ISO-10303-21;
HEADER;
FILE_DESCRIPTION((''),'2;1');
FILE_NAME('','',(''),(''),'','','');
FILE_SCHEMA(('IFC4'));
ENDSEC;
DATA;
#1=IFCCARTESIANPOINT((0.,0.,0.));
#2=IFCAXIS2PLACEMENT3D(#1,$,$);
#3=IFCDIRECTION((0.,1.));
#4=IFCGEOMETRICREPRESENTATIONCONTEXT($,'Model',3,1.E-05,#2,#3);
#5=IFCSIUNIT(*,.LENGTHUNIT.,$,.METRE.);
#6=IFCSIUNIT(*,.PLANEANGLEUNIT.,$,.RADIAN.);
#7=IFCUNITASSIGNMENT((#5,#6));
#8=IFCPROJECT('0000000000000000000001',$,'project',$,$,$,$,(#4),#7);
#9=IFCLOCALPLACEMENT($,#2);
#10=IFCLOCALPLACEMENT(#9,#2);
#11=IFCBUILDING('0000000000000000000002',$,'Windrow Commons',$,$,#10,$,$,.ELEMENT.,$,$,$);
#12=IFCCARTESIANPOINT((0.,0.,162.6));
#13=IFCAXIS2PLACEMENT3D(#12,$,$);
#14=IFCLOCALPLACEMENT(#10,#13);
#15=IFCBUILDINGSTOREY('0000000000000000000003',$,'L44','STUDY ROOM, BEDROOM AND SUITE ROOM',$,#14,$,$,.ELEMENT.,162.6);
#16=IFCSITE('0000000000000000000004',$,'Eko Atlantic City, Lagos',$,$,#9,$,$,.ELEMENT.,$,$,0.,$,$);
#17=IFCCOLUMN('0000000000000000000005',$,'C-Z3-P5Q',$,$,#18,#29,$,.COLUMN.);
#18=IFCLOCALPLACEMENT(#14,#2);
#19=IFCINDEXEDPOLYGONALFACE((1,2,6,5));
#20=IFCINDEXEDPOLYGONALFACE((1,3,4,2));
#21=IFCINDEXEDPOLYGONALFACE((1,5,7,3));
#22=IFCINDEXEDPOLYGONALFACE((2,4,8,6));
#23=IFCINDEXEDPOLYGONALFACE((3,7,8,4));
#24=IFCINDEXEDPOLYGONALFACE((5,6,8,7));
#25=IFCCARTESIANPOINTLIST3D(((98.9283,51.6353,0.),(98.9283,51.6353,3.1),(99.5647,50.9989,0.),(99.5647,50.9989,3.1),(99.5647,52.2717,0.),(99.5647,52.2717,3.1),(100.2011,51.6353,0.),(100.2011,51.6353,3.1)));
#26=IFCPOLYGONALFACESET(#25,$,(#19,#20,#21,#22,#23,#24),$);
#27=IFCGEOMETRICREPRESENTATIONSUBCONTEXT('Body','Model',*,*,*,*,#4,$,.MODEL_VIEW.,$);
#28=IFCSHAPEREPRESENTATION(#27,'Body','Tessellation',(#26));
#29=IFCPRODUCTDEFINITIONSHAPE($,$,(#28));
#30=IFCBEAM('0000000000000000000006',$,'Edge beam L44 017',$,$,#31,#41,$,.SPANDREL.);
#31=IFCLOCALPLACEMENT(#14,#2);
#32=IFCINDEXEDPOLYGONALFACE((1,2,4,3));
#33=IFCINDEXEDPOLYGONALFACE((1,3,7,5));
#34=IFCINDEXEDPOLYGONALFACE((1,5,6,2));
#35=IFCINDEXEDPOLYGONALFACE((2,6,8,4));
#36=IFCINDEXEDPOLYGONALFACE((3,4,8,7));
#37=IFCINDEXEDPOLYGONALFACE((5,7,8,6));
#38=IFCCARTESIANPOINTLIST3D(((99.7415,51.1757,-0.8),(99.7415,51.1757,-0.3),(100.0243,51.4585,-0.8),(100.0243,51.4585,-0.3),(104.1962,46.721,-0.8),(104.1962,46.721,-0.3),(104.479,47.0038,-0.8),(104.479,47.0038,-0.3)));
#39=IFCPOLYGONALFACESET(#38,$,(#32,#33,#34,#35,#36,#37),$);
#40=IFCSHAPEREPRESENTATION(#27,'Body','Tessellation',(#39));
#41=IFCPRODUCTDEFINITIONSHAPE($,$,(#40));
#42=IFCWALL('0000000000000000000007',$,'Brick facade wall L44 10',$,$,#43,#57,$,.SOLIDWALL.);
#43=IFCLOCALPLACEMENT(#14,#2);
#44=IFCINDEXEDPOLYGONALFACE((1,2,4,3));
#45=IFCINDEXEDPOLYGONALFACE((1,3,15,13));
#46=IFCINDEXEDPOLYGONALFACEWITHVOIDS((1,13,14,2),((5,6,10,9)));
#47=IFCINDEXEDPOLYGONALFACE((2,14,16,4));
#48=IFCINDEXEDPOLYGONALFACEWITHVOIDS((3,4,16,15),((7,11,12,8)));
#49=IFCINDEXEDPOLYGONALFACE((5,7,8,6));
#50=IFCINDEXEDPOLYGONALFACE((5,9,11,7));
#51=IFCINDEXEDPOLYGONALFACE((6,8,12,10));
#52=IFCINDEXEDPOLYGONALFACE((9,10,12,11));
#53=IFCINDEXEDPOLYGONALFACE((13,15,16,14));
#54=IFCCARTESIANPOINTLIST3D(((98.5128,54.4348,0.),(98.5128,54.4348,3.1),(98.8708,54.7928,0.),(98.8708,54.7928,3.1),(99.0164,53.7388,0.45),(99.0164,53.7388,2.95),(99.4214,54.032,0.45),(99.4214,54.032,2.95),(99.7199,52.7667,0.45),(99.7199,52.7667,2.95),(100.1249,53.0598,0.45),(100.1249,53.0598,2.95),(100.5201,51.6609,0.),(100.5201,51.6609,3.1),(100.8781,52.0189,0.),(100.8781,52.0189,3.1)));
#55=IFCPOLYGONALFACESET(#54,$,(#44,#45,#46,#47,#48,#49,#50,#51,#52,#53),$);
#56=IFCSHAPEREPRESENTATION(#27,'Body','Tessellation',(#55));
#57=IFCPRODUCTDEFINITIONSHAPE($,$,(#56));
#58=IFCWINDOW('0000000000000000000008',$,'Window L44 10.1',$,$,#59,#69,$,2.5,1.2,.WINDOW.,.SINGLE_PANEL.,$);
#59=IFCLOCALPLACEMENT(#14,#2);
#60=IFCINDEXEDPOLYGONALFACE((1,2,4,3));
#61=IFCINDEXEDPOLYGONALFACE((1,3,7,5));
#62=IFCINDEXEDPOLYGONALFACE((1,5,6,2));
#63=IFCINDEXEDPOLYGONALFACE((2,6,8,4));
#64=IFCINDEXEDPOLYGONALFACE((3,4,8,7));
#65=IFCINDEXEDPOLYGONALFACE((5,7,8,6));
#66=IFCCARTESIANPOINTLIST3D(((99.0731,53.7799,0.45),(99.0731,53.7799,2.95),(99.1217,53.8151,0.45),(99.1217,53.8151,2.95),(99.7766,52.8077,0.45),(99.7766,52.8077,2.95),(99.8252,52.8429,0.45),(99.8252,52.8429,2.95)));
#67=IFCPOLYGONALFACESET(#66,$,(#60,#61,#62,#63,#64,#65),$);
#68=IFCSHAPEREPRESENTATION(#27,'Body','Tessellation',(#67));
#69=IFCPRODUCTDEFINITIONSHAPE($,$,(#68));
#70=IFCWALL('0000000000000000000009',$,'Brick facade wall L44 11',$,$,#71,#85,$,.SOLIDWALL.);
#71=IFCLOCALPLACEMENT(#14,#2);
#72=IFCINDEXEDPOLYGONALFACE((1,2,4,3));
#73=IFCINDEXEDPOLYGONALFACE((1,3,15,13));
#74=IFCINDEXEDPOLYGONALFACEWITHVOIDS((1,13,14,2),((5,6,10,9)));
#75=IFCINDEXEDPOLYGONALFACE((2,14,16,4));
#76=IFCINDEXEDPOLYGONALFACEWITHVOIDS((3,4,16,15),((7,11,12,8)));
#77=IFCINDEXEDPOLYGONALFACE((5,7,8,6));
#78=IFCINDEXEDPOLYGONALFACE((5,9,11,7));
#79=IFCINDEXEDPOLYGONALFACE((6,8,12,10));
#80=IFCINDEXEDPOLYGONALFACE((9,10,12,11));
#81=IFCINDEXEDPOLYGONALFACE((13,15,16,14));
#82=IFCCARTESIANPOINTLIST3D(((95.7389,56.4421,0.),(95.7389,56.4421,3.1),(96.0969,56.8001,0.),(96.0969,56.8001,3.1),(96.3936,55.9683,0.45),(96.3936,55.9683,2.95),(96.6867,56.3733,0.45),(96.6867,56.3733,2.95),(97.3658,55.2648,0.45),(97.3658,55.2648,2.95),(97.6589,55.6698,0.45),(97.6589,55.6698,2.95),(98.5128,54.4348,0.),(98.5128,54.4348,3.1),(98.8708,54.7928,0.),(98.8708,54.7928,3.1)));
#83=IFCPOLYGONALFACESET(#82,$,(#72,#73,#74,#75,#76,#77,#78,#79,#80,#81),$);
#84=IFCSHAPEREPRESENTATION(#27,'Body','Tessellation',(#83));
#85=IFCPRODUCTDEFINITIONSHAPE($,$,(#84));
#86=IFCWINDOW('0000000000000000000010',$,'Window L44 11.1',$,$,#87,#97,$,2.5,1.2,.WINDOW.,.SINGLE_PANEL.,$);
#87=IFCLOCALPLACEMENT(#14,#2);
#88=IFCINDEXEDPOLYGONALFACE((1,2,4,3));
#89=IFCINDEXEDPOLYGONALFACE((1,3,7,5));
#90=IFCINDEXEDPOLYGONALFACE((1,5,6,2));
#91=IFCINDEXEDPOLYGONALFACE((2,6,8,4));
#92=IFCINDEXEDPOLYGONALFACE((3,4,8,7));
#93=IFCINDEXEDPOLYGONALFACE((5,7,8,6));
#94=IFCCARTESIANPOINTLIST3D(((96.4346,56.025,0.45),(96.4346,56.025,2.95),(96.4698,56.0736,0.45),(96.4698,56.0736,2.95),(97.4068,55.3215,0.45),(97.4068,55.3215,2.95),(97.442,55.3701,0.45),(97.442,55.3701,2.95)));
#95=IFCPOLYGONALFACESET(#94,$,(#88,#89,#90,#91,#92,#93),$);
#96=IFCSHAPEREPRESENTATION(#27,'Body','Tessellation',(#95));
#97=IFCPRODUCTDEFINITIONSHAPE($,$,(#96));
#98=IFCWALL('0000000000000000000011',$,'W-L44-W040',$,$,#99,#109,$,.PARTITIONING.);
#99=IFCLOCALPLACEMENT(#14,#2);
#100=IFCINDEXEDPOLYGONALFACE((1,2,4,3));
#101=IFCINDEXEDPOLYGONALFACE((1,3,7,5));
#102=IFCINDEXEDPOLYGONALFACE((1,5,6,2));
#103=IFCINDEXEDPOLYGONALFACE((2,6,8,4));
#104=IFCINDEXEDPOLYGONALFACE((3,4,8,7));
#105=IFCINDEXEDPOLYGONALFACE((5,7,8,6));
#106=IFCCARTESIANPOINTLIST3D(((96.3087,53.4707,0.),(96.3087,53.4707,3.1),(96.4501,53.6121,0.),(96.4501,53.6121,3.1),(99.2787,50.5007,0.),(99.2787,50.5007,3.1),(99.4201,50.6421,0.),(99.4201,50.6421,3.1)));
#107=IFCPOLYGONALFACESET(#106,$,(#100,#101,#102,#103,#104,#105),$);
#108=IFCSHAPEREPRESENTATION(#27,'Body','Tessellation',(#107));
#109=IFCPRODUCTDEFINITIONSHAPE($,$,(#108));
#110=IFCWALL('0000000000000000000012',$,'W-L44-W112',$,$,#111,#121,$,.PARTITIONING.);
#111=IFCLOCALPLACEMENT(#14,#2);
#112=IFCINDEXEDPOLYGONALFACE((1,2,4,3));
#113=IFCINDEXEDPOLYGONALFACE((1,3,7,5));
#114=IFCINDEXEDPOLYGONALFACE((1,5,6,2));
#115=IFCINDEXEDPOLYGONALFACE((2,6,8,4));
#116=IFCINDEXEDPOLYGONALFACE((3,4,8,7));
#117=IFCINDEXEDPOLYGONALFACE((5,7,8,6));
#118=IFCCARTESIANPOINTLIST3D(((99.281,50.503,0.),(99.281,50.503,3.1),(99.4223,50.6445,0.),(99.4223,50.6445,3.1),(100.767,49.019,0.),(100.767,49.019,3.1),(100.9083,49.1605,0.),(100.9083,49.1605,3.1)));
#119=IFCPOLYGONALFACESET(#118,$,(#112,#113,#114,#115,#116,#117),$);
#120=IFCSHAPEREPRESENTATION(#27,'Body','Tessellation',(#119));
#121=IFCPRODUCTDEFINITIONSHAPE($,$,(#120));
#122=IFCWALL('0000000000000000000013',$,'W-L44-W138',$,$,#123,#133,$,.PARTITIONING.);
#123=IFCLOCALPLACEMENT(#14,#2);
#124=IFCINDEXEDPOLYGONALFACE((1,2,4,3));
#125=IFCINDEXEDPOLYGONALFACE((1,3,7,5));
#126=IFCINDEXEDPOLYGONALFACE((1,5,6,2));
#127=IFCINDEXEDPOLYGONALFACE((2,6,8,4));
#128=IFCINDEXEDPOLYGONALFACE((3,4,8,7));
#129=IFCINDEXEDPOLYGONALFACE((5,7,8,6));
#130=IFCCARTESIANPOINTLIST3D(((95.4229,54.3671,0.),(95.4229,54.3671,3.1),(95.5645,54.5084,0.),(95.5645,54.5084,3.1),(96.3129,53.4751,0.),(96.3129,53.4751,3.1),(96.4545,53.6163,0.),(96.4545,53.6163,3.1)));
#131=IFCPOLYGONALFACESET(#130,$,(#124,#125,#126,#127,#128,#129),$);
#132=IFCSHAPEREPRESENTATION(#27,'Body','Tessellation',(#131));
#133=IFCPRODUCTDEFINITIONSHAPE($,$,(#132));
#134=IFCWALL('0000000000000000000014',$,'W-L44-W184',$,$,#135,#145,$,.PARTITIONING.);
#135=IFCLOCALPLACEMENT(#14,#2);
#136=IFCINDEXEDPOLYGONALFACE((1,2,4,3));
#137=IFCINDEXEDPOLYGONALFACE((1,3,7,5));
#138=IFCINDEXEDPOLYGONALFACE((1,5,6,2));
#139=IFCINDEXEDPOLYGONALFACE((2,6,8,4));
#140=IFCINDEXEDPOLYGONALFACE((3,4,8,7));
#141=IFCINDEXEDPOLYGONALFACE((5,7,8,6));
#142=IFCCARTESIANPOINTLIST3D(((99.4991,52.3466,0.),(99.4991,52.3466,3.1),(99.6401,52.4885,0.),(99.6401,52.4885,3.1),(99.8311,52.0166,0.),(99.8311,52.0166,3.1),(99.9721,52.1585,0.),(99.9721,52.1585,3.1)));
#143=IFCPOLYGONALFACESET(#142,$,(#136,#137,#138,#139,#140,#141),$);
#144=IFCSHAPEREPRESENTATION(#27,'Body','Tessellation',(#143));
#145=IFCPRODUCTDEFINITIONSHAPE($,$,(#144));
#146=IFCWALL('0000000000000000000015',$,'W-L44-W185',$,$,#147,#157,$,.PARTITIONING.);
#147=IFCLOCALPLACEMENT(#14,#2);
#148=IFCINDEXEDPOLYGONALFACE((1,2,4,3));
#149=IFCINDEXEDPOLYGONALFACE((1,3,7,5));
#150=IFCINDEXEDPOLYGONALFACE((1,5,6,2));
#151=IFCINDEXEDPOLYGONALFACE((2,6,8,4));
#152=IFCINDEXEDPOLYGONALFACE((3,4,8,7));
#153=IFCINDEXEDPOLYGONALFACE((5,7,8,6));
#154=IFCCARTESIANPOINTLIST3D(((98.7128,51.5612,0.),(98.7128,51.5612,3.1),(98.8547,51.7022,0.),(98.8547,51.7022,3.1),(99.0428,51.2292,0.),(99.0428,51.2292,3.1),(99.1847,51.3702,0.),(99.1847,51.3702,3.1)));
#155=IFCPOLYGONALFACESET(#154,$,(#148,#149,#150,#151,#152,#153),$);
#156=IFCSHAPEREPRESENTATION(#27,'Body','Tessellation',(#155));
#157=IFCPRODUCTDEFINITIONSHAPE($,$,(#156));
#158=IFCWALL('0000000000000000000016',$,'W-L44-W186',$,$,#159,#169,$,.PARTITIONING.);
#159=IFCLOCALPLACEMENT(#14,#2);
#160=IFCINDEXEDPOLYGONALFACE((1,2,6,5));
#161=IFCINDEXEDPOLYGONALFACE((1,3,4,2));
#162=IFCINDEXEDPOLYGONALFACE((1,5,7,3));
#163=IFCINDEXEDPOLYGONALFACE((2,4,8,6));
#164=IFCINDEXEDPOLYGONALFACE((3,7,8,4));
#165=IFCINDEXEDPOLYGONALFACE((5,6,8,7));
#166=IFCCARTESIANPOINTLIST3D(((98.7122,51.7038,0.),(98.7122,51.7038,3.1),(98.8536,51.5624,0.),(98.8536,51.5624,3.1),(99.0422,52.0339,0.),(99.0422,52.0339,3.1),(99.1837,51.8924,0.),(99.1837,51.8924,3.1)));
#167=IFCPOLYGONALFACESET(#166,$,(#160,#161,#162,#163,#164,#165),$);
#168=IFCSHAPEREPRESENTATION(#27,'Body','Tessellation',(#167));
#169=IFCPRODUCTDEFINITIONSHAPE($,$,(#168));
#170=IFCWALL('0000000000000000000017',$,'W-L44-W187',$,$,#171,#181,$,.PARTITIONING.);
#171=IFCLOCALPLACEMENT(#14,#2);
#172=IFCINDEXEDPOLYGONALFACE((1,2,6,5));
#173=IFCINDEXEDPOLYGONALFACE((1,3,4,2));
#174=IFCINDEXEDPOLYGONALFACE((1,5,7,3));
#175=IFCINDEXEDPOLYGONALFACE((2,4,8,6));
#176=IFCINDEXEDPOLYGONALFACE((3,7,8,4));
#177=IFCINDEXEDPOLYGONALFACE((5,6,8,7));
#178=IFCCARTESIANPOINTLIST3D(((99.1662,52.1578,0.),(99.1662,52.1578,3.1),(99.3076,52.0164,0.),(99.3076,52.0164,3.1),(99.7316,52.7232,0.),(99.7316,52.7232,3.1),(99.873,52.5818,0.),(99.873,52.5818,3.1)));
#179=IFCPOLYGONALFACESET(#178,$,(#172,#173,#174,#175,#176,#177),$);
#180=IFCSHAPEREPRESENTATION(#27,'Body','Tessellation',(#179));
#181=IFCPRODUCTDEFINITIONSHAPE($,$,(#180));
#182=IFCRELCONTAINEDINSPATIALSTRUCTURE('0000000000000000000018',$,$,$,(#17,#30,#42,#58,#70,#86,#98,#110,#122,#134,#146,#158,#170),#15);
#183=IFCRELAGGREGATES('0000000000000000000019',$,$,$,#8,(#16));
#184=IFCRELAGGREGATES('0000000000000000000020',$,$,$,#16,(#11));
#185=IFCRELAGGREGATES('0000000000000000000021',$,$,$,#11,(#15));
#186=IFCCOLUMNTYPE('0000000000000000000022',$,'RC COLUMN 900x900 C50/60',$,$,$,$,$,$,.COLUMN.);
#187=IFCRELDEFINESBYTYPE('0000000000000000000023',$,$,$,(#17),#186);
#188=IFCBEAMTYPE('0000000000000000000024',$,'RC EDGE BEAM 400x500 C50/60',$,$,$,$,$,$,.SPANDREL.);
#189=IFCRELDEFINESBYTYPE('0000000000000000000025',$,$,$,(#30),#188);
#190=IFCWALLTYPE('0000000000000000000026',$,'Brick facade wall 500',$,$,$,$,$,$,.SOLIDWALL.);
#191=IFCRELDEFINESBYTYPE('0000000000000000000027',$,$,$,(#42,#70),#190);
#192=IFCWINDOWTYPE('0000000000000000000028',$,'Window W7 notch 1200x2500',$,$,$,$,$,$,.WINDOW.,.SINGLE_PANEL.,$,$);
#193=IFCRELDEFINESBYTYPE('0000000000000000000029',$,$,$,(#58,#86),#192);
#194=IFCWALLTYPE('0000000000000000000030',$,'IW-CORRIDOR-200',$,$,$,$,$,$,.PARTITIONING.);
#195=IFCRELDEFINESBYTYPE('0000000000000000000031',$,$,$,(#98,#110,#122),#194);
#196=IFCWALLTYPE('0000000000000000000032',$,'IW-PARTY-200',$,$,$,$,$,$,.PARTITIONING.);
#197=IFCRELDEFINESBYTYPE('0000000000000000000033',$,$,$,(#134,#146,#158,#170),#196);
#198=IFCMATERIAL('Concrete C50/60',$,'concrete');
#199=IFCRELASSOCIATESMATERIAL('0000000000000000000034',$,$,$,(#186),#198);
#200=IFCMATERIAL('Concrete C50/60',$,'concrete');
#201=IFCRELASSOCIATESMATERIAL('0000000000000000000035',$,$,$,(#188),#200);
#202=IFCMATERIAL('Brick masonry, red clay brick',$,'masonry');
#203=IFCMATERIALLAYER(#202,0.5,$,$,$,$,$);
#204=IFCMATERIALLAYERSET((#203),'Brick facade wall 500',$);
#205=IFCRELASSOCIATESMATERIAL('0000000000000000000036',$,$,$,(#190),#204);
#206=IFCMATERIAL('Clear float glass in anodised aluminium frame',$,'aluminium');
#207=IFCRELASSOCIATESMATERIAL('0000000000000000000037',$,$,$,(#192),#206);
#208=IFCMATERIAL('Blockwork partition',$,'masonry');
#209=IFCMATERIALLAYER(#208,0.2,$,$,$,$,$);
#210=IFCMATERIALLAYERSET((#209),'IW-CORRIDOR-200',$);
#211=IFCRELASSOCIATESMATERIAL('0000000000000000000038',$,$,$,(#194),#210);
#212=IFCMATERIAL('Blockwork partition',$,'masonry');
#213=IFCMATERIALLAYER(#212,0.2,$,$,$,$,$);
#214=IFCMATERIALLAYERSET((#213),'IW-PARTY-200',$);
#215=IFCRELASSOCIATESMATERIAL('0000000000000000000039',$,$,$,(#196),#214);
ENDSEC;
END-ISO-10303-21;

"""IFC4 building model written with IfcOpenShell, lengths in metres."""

from ifc_helpers import new_model, si_unit, direction, frame, frame_2d, origin, origin_2d, place, context, subcontext, project, spatial, polyline, rectangle, outline, extrude, material, layer, layer_set, material_profile, profile_set, type_object, element, fill, save


model = new_model("IFC4")

# Units and contexts
model_context = context("Model", 3, precision=1e-05, world=origin(), true_north=direction((0.0, 1.0)))
body_context = subcontext(model_context, "Body", "Model", "MODEL_VIEW")
ifc_project = project(units=[si_unit("LENGTHUNIT", "METRE"), si_unit("PLANEANGLEUNIT", "RADIAN")], contexts=[model_context])

# Site, building, storey
site_placement = place(None, origin())
site = spatial("IfcSite", under=ifc_project, at=site_placement, Name="Eko Atlantic City, Lagos", CompositionType="ELEMENT", RefElevation=0.0)
building_placement = place(site_placement, origin())
building = spatial("IfcBuilding", under=site, at=building_placement, Name="Windrow Commons", CompositionType="ELEMENT")
storey_placement = place(building_placement, frame((0.0, 0.0, 162.6)))
storey = spatial("IfcBuildingStorey", under=building, at=storey_placement, Name="L44", Description="STUDY ROOM, BEDROOM AND SUITE ROOM", CompositionType="ELEMENT", Elevation=162.6)

# Column
ifc_material_1 = material(Name="Concrete C50/60", Category="concrete")
ifc_material_profile_1 = material_profile(ifc_material_1, rectangle(XDim=0.9, YDim=0.9, at=origin_2d()))
ifc_profile_set_1 = profile_set([ifc_material_profile_1], Name="Concrete C50/60")
column_type = type_object("IfcColumnType", Name="RC COLUMN 900x900 C50/60", PredefinedType="COLUMN", material=ifc_profile_set_1)
column_placement = place(storey_placement, frame((99.5647, 51.6353, 0.0), z_axis=(0.0, 0.0, 1.0), x_axis=(0.707107, -0.707107, 0.0)))
element("IfcColumn", 1, at=column_placement, inside=storey, type_object=column_type, Name="C-Z3-P5Q", PredefinedType="COLUMN", context=body_context, shape_type="SweptSolid", body=[
    extrude(rectangle(XDim=0.9, YDim=0.9, at=origin_2d()), origin(), (0.0, 0.0, 1.0), 3.1),
])

# Beam
ifc_material_2 = material(Name="Concrete C50/60", Category="concrete")
ifc_material_profile_2 = material_profile(ifc_material_2, rectangle(XDim=0.4, YDim=0.5, at=origin_2d()))
ifc_profile_set_2 = profile_set([ifc_material_profile_2], Name="Concrete C50/60")
beam_type = type_object("IfcBeamType", Name="RC EDGE BEAM 400x500 C50/60", PredefinedType="SPANDREL", material=ifc_profile_set_2)
beam_placement = place(storey_placement, frame((99.8829, 51.3171, -0.55), z_axis=(0.707107, -0.707107, 0.0), x_axis=(0.707107, 0.707107, 0.0)))
element("IfcBeam", 2, at=beam_placement, inside=storey, type_object=beam_type, Name="Edge beam L44 017", PredefinedType="SPANDREL", context=body_context, shape_type="SweptSolid", body=[
    extrude(rectangle(XDim=0.4, YDim=0.5, at=origin_2d()), origin(), (0.0, 0.0, 1.0), 6.2999),
])

# Walls, openings, windows
ifc_material_3 = material(Name="Brick masonry, red clay brick", Category="masonry")
ifc_layer_1 = layer(ifc_material_3, 0.5)
ifc_layer_set_1 = layer_set([ifc_layer_1], Name="Brick facade wall 500")
wall_type_1 = type_object("IfcWallType", Name="Brick facade wall 500", PredefinedType="SOLIDWALL", material=ifc_layer_set_1)
wall_1_placement = place(storey_placement, frame((100.6991, 51.8399, 0.0), z_axis=(0.0, 0.0, 1.0), x_axis=(-0.586244, 0.810134, 0.0)))
wall_1 = element("IfcWall", 3, at=wall_1_placement, inside=storey, type_object=wall_type_1, Name="Brick facade wall L44 10", PredefinedType="SOLIDWALL", context=body_context, shape_type="SweptSolid", body=[
    extrude(outline(polyline([(0.0401, -0.25), (3.4641, -0.25), (3.3839, 0.25), (-0.0401, 0.25), (0.0401, -0.25)])), origin(), (0.0, 0.0, 1.0), 3.1),
])
opening_1_placement = place(wall_1_placement, frame((1.3249, 0.0, 0.45)))
opening_1 = element("IfcOpeningElement", 4, at=opening_1_placement, cuts=wall_1, PredefinedType="OPENING", context=body_context, shape_type="SweptSolid", body=[
    extrude(rectangle(XDim=1.2, YDim=2.5, at=frame_2d((0.6, 1.25))), frame((0.0, 0.26, 0.0), z_axis=(0.0, -1.0, 0.0), x_axis=(1.0, 0.0, 0.0)), (0.0, 0.0, 1.0), 0.52),
])
ifc_material_4 = material(Name="Clear float glass in anodised aluminium frame", Category="aluminium")
window_type = type_object("IfcWindowType", Name="Window W7 notch 1200x2500", PartitioningType="SINGLE_PANEL", PredefinedType="WINDOW", material=ifc_material_4)
window_1_placement = place(opening_1_placement, origin())
window_1 = element("IfcWindow", 5, at=window_1_placement, inside=storey, type_object=window_type, Name="Window L44 10.1", OverallHeight=2.5, OverallWidth=1.2, PartitioningType="SINGLE_PANEL", PredefinedType="WINDOW", context=body_context, shape_type="SweptSolid", body=[
    extrude(rectangle(XDim=1.2, YDim=2.5, at=frame_2d((0.6, 1.25))), frame((0.0, 0.18, 0.0), z_axis=(0.0, -1.0, 0.0), x_axis=(1.0, 0.0, 0.0)), (0.0, 0.0, 1.0), 0.06),
])
fill(opening_1, window_1)
wall_2_placement = place(storey_placement, frame((98.6918, 54.6138, 0.0), z_axis=(0.0, 0.0, 1.0), x_axis=(-0.810134, 0.586244, 0.0)))
wall_2 = element("IfcWall", 6, at=wall_2_placement, inside=storey, type_object=wall_type_1, Name="Brick facade wall L44 11", PredefinedType="SOLIDWALL", context=body_context, shape_type="SweptSolid", body=[
    extrude(outline(polyline([(-0.0401, -0.25), (3.3839, -0.25), (3.4641, 0.25), (0.0401, 0.25), (-0.0401, -0.25)])), origin(), (0.0, 0.0, 1.0), 3.1),
])
opening_2_placement = place(wall_2_placement, frame((1.4559, 0.0, 0.45)))
opening_2 = element("IfcOpeningElement", 7, at=opening_2_placement, cuts=wall_2, PredefinedType="OPENING", context=body_context, shape_type="SweptSolid", body=[
    extrude(rectangle(XDim=1.2, YDim=2.5, at=frame_2d((0.6, 1.25))), frame((0.0, 0.26, 0.0), z_axis=(0.0, -1.0, 0.0), x_axis=(1.0, 0.0, 0.0)), (0.0, 0.0, 1.0), 0.52),
])
window_2_placement = place(opening_2_placement, origin())
window_2 = element("IfcWindow", 8, at=window_2_placement, inside=storey, type_object=window_type, Name="Window L44 11.1", OverallHeight=2.5, OverallWidth=1.2, PartitioningType="SINGLE_PANEL", PredefinedType="WINDOW", context=body_context, shape_type="SweptSolid", body=[
    extrude(rectangle(XDim=1.2, YDim=2.5, at=frame_2d((0.6, 1.25))), frame((0.0, 0.18, 0.0), z_axis=(0.0, -1.0, 0.0), x_axis=(1.0, 0.0, 0.0)), (0.0, 0.0, 1.0), 0.06),
])
fill(opening_2, window_2)

# Walls
ifc_material_5 = material(Name="Blockwork partition", Category="masonry")
ifc_layer_2 = layer(ifc_material_5, 0.2)
ifc_layer_set_2 = layer_set([ifc_layer_2], Name="IW-CORRIDOR-200")
wall_type_2 = type_object("IfcWallType", Name="IW-CORRIDOR-200", PredefinedType="PARTITIONING", material=ifc_layer_set_2)
wall_3_placement = place(storey_placement, frame((96.3794, 53.5414, 0.0), z_axis=(0.0, 0.0, 1.0), x_axis=(0.707107, -0.707107, 0.0)))
element("IfcWall", 9, at=wall_3_placement, inside=storey, type_object=wall_type_2, Name="W-L44-W040", PredefinedType="PARTITIONING", context=body_context, shape_type="SweptSolid", body=[
    extrude(rectangle(XDim=4.2002, YDim=0.2, at=frame_2d((2.1001, 0.0))), origin(), (0.0, 0.0, 1.0), 3.1),
])
wall_4_placement = place(storey_placement, frame((99.3517, 50.5737, 0.0), z_axis=(0.0, 0.0, 1.0), x_axis=(0.707583, -0.70663, 0.0)))
element("IfcWall", 10, at=wall_4_placement, inside=storey, type_object=wall_type_2, Name="W-L44-W112", PredefinedType="PARTITIONING", context=body_context, shape_type="SweptSolid", body=[
    extrude(rectangle(XDim=2.1001, YDim=0.2, at=frame_2d((1.05, 0.0))), origin(), (0.0, 0.0, 1.0), 3.1),
])
wall_5_placement = place(storey_placement, frame((95.4937, 54.4377, 0.0), z_axis=(0.0, 0.0, 1.0), x_axis=(0.706313, -0.7079, 0.0)))
element("IfcWall", 11, at=wall_5_placement, inside=storey, type_object=wall_type_2, Name="W-L44-W138", PredefinedType="PARTITIONING", context=body_context, shape_type="SweptSolid", body=[
    extrude(rectangle(XDim=1.2601, YDim=0.2, at=frame_2d((0.63, 0.0))), origin(), (0.0, 0.0, 1.0), 3.1),
])
ifc_material_6 = material(Name="Blockwork partition", Category="masonry")
ifc_layer_3 = layer(ifc_material_6, 0.2)
ifc_layer_set_3 = layer_set([ifc_layer_3], Name="IW-PARTY-200")
wall_type_3 = type_object("IfcWallType", Name="IW-PARTY-200", PredefinedType="PARTITIONING", material=ifc_layer_set_3)
for number, where, z_axis, x_axis, name in (
    (12, (99.5696, 52.4176, 0.0), (0.0, 0.0, 1.0), (0.70924, -0.704967, 0.0), "W-L44-W184"),
    (13, (98.7837, 51.6317, 0.0), (0.0, 0.0, 1.0), (0.704967, -0.70924, 0.0), "W-L44-W185"),
):
    element("IfcWall", number, at=place(storey_placement, frame(where, z_axis=z_axis, x_axis=x_axis)), inside=storey, type_object=wall_type_3, Name=name, PredefinedType="PARTITIONING", context=body_context, shape_type="SweptSolid", body=[
        extrude(rectangle(XDim=0.4681, YDim=0.2, at=frame_2d((0.2341, 0.0))), origin(), (0.0, 0.0, 1.0), 3.1),
    ])
wall_6_placement = place(storey_placement, frame((98.7829, 51.6331, 0.0), z_axis=(0.0, 0.0, 1.0), x_axis=(0.707107, 0.707107, 0.0)))
element("IfcWall", 14, at=wall_6_placement, inside=storey, type_object=wall_type_3, Name="W-L44-W186", PredefinedType="PARTITIONING", context=body_context, shape_type="SweptSolid", body=[
    extrude(rectangle(XDim=0.4667, YDim=0.2, at=frame_2d((0.2334, 0.0))), origin(), (0.0, 0.0, 1.0), 3.1),
])
wall_7_placement = place(storey_placement, frame((99.2369, 52.0871, 0.0), z_axis=(0.0, 0.0, 1.0), x_axis=(0.707107, 0.707107, 0.0)))
element("IfcWall", 15, at=wall_7_placement, inside=storey, type_object=wall_type_3, Name="W-L44-W187", PredefinedType="PARTITIONING", context=body_context, shape_type="SweptSolid", body=[
    extrude(rectangle(XDim=0.7997, YDim=0.2, at=frame_2d((0.3998, 0.0))), origin(), (0.0, 0.0, 1.0), 3.1),
])

save(model, "model.ifc")
